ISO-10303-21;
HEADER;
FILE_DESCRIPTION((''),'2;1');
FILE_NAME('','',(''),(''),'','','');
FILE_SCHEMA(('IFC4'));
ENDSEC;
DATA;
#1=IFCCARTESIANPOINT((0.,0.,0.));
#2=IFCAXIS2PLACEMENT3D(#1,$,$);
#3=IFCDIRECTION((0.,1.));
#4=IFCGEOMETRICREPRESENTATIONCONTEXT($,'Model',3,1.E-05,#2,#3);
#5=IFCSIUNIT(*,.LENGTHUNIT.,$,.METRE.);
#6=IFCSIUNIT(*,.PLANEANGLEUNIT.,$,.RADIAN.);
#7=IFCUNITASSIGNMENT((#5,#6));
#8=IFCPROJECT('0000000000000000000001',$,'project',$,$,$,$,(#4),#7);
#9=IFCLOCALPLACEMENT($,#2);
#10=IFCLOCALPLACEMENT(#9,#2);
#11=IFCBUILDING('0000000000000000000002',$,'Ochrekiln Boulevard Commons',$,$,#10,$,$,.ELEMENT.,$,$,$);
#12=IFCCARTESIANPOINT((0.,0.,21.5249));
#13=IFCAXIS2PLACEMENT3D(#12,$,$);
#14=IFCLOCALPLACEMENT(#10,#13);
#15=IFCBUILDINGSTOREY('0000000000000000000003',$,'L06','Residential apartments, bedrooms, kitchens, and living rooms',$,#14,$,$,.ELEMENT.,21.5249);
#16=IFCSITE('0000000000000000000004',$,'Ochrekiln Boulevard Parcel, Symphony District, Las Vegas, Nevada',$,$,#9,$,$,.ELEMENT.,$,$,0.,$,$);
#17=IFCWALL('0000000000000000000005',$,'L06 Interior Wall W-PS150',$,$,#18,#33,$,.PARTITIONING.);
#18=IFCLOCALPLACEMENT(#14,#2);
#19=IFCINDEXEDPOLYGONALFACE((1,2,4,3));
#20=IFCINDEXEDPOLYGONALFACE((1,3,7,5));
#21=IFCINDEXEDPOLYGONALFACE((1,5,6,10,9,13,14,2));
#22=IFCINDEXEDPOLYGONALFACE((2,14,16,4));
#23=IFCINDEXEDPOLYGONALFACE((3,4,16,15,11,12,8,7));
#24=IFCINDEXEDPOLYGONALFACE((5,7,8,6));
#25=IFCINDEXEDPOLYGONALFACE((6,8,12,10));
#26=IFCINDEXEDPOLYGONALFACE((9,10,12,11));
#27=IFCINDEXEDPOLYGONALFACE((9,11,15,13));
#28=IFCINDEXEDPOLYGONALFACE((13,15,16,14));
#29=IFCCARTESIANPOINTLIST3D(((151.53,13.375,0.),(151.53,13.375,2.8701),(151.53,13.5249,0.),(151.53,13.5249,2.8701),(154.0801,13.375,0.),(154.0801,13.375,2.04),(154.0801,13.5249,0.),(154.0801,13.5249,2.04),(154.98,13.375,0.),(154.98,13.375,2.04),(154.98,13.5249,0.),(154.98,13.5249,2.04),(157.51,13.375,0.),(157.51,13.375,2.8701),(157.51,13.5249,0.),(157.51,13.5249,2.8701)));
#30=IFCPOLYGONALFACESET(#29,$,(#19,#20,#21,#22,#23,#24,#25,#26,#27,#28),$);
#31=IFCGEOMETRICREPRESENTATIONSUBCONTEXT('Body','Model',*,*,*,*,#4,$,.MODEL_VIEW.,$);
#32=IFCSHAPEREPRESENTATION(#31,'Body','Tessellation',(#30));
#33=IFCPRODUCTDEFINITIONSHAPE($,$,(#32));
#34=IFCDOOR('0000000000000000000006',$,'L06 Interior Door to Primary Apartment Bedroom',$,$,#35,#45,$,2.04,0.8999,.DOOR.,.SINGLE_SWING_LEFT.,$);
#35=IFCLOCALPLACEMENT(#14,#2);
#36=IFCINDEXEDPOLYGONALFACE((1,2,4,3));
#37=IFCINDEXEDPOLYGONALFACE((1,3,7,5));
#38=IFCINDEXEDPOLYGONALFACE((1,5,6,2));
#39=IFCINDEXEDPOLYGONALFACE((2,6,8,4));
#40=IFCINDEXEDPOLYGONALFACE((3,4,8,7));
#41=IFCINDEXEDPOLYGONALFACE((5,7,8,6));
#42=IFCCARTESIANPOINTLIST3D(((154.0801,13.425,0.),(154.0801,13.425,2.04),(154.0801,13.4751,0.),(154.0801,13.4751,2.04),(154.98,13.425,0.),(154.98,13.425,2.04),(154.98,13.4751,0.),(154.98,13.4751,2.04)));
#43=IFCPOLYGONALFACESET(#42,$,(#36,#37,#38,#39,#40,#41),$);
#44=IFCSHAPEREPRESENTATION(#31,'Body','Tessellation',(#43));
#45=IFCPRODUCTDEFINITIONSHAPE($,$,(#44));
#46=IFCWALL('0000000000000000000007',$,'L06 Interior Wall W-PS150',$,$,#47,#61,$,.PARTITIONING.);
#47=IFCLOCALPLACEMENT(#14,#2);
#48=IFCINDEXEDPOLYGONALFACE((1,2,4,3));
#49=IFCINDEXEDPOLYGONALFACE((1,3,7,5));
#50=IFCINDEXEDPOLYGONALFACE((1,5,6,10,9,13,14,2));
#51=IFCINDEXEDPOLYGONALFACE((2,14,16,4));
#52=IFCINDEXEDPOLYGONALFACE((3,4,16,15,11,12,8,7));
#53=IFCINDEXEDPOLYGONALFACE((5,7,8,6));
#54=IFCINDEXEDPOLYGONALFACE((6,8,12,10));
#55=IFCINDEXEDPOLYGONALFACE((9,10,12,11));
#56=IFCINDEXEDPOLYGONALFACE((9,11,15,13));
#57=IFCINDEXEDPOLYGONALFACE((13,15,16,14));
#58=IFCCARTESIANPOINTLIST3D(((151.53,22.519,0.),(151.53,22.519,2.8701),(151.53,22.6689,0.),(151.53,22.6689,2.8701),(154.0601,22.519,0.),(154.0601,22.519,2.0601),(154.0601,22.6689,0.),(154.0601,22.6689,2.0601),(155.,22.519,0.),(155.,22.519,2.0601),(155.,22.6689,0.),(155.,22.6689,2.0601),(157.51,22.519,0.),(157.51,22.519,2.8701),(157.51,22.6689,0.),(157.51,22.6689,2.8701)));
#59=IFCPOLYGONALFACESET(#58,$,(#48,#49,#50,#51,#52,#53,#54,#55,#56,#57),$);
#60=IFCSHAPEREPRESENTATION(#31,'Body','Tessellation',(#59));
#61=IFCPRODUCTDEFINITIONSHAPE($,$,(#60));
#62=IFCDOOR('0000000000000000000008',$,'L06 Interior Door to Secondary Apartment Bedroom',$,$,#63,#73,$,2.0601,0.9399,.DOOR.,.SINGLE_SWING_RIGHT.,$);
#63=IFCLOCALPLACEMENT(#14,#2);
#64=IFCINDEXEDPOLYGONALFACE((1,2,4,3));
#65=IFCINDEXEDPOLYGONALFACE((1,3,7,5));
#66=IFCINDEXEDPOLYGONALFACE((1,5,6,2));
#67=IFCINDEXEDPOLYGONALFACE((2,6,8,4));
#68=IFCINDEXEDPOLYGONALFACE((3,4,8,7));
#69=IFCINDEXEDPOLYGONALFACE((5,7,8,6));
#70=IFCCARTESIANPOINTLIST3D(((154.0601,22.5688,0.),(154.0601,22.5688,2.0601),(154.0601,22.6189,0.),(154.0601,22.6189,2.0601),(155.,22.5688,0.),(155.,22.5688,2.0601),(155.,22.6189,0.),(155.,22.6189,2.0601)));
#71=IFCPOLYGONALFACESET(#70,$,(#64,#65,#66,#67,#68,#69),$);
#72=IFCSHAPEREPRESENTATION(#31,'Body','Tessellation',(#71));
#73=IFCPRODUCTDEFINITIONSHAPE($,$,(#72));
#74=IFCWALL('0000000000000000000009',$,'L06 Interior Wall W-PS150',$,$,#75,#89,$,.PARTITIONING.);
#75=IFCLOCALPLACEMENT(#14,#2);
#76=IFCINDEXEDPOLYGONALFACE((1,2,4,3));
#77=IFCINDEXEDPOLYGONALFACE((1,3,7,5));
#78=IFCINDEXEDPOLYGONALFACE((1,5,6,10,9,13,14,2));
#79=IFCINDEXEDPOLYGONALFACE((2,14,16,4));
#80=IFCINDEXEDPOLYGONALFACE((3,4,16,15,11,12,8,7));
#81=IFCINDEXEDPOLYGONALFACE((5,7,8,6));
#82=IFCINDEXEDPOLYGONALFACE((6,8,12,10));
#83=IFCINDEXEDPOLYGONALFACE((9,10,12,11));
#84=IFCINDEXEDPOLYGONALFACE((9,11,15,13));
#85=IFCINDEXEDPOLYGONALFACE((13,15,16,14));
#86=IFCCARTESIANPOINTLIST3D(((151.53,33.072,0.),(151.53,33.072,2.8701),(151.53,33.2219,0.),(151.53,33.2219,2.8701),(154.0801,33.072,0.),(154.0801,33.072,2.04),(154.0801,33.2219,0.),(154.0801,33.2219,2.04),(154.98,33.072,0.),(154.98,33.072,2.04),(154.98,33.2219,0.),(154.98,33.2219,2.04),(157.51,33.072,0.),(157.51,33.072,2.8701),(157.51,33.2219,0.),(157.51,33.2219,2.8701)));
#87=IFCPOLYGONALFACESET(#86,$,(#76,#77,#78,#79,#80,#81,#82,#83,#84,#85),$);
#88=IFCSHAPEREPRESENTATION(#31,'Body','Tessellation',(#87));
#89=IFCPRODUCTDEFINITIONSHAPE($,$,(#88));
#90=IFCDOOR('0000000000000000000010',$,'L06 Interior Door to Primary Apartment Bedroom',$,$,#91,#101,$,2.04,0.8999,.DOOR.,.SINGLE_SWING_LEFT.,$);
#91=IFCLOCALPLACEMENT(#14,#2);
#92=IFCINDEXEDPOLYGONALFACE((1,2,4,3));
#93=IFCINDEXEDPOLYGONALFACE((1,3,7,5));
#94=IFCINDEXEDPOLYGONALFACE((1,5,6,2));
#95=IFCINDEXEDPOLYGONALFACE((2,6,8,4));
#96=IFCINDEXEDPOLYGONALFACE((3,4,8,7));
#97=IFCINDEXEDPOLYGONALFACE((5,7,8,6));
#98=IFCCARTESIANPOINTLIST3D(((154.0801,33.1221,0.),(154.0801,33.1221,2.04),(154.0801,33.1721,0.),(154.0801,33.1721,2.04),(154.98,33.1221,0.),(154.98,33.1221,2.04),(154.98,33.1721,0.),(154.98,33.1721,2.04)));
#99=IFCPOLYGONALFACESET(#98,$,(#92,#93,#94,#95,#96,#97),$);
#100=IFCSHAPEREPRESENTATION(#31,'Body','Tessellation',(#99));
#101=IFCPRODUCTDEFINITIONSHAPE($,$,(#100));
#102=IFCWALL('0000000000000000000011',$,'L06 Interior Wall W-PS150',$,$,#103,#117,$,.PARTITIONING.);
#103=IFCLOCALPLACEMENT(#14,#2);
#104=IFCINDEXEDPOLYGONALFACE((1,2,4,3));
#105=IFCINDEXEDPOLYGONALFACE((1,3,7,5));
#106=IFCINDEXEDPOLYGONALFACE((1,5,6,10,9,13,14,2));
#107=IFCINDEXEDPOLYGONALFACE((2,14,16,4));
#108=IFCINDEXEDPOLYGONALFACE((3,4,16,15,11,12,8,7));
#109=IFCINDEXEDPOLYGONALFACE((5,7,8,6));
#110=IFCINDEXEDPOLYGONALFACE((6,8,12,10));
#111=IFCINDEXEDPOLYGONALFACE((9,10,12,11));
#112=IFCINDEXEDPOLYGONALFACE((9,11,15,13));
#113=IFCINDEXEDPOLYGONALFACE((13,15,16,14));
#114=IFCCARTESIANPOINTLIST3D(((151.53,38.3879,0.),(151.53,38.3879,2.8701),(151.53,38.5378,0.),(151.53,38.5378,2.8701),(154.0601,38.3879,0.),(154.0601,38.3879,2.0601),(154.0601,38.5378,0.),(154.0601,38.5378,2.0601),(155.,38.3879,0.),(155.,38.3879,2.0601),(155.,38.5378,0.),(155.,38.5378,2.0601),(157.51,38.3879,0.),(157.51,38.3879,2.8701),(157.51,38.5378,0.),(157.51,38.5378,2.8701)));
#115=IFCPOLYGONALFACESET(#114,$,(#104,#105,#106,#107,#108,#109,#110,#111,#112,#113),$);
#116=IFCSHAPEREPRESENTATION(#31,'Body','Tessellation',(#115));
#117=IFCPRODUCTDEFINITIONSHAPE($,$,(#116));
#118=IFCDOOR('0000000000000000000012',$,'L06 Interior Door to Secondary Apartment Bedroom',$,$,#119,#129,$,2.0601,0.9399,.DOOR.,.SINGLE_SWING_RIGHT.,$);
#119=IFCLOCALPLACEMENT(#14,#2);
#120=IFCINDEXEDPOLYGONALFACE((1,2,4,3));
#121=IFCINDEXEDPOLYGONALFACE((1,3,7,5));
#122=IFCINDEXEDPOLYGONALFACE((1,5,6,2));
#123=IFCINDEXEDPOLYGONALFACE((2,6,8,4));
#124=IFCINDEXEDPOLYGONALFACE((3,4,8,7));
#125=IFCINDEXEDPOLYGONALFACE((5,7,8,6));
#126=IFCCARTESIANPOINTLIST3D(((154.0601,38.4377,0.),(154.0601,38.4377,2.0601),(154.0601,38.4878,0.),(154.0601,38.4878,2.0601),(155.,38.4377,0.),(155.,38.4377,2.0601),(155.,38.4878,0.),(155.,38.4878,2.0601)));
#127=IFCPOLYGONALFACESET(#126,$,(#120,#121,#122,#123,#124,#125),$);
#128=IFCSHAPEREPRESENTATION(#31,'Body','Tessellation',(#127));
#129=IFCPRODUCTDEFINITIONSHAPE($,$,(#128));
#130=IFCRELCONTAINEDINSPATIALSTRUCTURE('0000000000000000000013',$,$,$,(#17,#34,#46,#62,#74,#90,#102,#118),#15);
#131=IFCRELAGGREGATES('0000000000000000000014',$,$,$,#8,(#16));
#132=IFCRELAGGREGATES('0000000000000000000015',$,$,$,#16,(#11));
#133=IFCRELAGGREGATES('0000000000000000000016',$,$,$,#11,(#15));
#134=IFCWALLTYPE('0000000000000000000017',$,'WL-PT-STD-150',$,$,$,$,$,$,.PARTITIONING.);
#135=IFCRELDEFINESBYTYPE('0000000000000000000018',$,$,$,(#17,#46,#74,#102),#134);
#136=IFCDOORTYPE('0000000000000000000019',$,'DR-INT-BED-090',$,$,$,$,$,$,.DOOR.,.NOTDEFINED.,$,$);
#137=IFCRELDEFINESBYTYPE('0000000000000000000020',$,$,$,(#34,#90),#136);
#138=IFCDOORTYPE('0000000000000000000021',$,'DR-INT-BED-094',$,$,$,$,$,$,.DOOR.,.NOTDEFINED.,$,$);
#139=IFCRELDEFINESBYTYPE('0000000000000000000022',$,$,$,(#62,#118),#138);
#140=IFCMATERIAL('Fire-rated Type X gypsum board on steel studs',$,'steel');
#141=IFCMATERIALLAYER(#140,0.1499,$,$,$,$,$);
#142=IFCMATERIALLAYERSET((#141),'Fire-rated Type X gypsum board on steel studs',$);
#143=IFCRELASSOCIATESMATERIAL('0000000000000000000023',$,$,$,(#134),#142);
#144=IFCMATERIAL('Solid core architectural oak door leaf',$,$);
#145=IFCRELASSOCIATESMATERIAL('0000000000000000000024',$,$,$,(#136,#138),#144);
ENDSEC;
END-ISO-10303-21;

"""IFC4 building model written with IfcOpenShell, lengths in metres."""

from ifc_helpers import new_model, si_unit, direction, frame, frame_2d, origin, place, context, subcontext, project, spatial, rectangle, extrude, material, layer, layer_set, type_object, element, fill, save


model = new_model("IFC4")

# Units and contexts
model_context = context("Model", 3, precision=1e-05, world=origin(), true_north=direction((0.0, 1.0)))
body_context = subcontext(model_context, "Body", "Model", "MODEL_VIEW")
ifc_project = project(units=[si_unit("LENGTHUNIT", "METRE"), si_unit("PLANEANGLEUNIT", "RADIAN")], contexts=[model_context])

# Site, building, storey
site_placement = place(None, origin())
site = spatial("IfcSite", under=ifc_project, at=site_placement, Name="Ochrekiln Boulevard Parcel, Symphony District, Las Vegas, Nevada", CompositionType="ELEMENT", RefElevation=0.0)
building_placement = place(site_placement, origin())
building = spatial("IfcBuilding", under=site, at=building_placement, Name="Ochrekiln Boulevard Commons", CompositionType="ELEMENT")
storey_placement = place(building_placement, frame((0.0, 0.0, 21.5249)))
storey = spatial("IfcBuildingStorey", under=building, at=storey_placement, Name="L06", Description="Residential apartments, bedrooms, kitchens, and living rooms", CompositionType="ELEMENT", Elevation=21.5249)

# Walls, openings, doors
ifc_material_1 = material(Name="Fire-rated Type X gypsum board on steel studs", Category="steel")
ifc_layer_1 = layer(ifc_material_1, 0.1499)
ifc_layer_set_1 = layer_set([ifc_layer_1], Name="Fire-rated Type X gypsum board on steel studs")
wall_type_1 = type_object("IfcWallType", Name="WL-PT-STD-150", PredefinedType="PARTITIONING", material=ifc_layer_set_1)
wall_1_placement = place(storey_placement, frame((151.53, 13.45, 0.0), z_axis=(0.0, 0.0, 1.0), x_axis=(1.0, 0.0, 0.0)))
wall_1 = element("IfcWall", 1, at=wall_1_placement, inside=storey, type_object=wall_type_1, Name="L06 Interior Wall W-PS150", PredefinedType="PARTITIONING", context=body_context, shape_type="SweptSolid", body=[
    extrude(rectangle(XDim=5.98, YDim=0.1499, at=frame_2d((2.99, 0.0))), origin(), (0.0, 0.0, 1.0), 2.8701),
])
opening_1_placement = place(wall_1_placement, frame((2.55, 0.0, 0.0)))
opening_1 = element("IfcOpeningElement", 2, at=opening_1_placement, cuts=wall_1, PredefinedType="OPENING", context=body_context, shape_type="SweptSolid", body=[
    extrude(rectangle(XDim=0.8999, YDim=2.04, at=frame_2d((0.45, 1.02))), frame((0.0, 0.085, 0.0), z_axis=(0.0, -1.0, 0.0), x_axis=(1.0, 0.0, 0.0)), (0.0, 0.0, 1.0), 0.1699),
])
ifc_material_2 = material(Name="Solid core architectural oak door leaf")
door_type_1 = type_object("IfcDoorType", Name="DR-INT-BED-090", OperationType="NOTDEFINED", PredefinedType="DOOR", material=ifc_material_2)
door_1_placement = place(opening_1_placement, frame((0.8999, 0.0, 0.0), z_axis=(0.0, 0.0, 1.0), x_axis=(-1.0, 0.0, 0.0)))
door_1 = element("IfcDoor", 3, at=door_1_placement, inside=storey, type_object=door_type_1, Name="L06 Interior Door to Primary Apartment Bedroom", OperationType="SINGLE_SWING_LEFT", OverallHeight=2.04, OverallWidth=0.8999, PredefinedType="DOOR", context=body_context, shape_type="SweptSolid", body=[
    extrude(rectangle(XDim=0.8999, YDim=2.04, at=frame_2d((0.45, 1.02))), frame((0.0, 0.0249, 0.0), z_axis=(0.0, -1.0, 0.0), x_axis=(1.0, 0.0, 0.0)), (0.0, 0.0, 1.0), 0.05),
])
fill(opening_1, door_1)
wall_2_placement = place(storey_placement, frame((151.53, 22.594, 0.0), z_axis=(0.0, 0.0, 1.0), x_axis=(1.0, 0.0, 0.0)))
wall_2 = element("IfcWall", 4, at=wall_2_placement, inside=storey, type_object=wall_type_1, Name="L06 Interior Wall W-PS150", PredefinedType="PARTITIONING", context=body_context, shape_type="SweptSolid", body=[
    extrude(rectangle(XDim=5.98, YDim=0.1499, at=frame_2d((2.99, 0.0))), origin(), (0.0, 0.0, 1.0), 2.8701),
])
opening_2_placement = place(wall_2_placement, frame((2.53, 0.0, 0.0)))
opening_2 = element("IfcOpeningElement", 5, at=opening_2_placement, cuts=wall_2, PredefinedType="OPENING", context=body_context, shape_type="SweptSolid", body=[
    extrude(rectangle(XDim=0.9399, YDim=2.0601, at=frame_2d((0.47, 1.03))), frame((0.0, 0.085, 0.0), z_axis=(0.0, -1.0, 0.0), x_axis=(1.0, 0.0, 0.0)), (0.0, 0.0, 1.0), 0.1699),
])
door_type_2 = type_object("IfcDoorType", Name="DR-INT-BED-094", OperationType="NOTDEFINED", PredefinedType="DOOR", material=ifc_material_2)
door_2_placement = place(opening_2_placement, origin())
door_2 = element("IfcDoor", 6, at=door_2_placement, inside=storey, type_object=door_type_2, Name="L06 Interior Door to Secondary Apartment Bedroom", OperationType="SINGLE_SWING_RIGHT", OverallHeight=2.0601, OverallWidth=0.9399, PredefinedType="DOOR", context=body_context, shape_type="SweptSolid", body=[
    extrude(rectangle(XDim=0.9399, YDim=2.0601, at=frame_2d((0.47, 1.03))), frame((0.0, 0.0249, 0.0), z_axis=(0.0, -1.0, 0.0), x_axis=(1.0, 0.0, 0.0)), (0.0, 0.0, 1.0), 0.05),
])
fill(opening_2, door_2)
wall_3_placement = place(storey_placement, frame((151.53, 33.147, 0.0), z_axis=(0.0, 0.0, 1.0), x_axis=(1.0, 0.0, 0.0)))
wall_3 = element("IfcWall", 7, at=wall_3_placement, inside=storey, type_object=wall_type_1, Name="L06 Interior Wall W-PS150", PredefinedType="PARTITIONING", context=body_context, shape_type="SweptSolid", body=[
    extrude(rectangle(XDim=5.98, YDim=0.1499, at=frame_2d((2.99, 0.0))), origin(), (0.0, 0.0, 1.0), 2.8701),
])
opening_3_placement = place(wall_3_placement, frame((2.55, 0.0, 0.0)))
opening_3 = element("IfcOpeningElement", 8, at=opening_3_placement, cuts=wall_3, PredefinedType="OPENING", context=body_context, shape_type="SweptSolid", body=[
    extrude(rectangle(XDim=0.8999, YDim=2.04, at=frame_2d((0.45, 1.02))), frame((0.0, 0.085, 0.0), z_axis=(0.0, -1.0, 0.0), x_axis=(1.0, 0.0, 0.0)), (0.0, 0.0, 1.0), 0.1699),
])
door_3_placement = place(opening_3_placement, frame((0.8999, 0.0, 0.0), z_axis=(0.0, 0.0, 1.0), x_axis=(-1.0, 0.0, 0.0)))
door_3 = element("IfcDoor", 9, at=door_3_placement, inside=storey, type_object=door_type_1, Name="L06 Interior Door to Primary Apartment Bedroom", OperationType="SINGLE_SWING_LEFT", OverallHeight=2.04, OverallWidth=0.8999, PredefinedType="DOOR", context=body_context, shape_type="SweptSolid", body=[
    extrude(rectangle(XDim=0.8999, YDim=2.04, at=frame_2d((0.45, 1.02))), frame((0.0, 0.0249, 0.0), z_axis=(0.0, -1.0, 0.0), x_axis=(1.0, 0.0, 0.0)), (0.0, 0.0, 1.0), 0.05),
])
fill(opening_3, door_3)
wall_4_placement = place(storey_placement, frame((151.53, 38.4629, 0.0), z_axis=(0.0, 0.0, 1.0), x_axis=(1.0, 0.0, 0.0)))
wall_4 = element("IfcWall", 10, at=wall_4_placement, inside=storey, type_object=wall_type_1, Name="L06 Interior Wall W-PS150", PredefinedType="PARTITIONING", context=body_context, shape_type="SweptSolid", body=[
    extrude(rectangle(XDim=5.98, YDim=0.1499, at=frame_2d((2.99, 0.0))), origin(), (0.0, 0.0, 1.0), 2.8701),
])
opening_4_placement = place(wall_4_placement, frame((2.53, 0.0, 0.0)))
opening_4 = element("IfcOpeningElement", 11, at=opening_4_placement, cuts=wall_4, PredefinedType="OPENING", context=body_context, shape_type="SweptSolid", body=[
    extrude(rectangle(XDim=0.9399, YDim=2.0601, at=frame_2d((0.47, 1.03))), frame((0.0, 0.085, 0.0), z_axis=(0.0, -1.0, 0.0), x_axis=(1.0, 0.0, 0.0)), (0.0, 0.0, 1.0), 0.1699),
])
door_4_placement = place(opening_4_placement, origin())
door_4 = element("IfcDoor", 12, at=door_4_placement, inside=storey, type_object=door_type_2, Name="L06 Interior Door to Secondary Apartment Bedroom", OperationType="SINGLE_SWING_RIGHT", OverallHeight=2.0601, OverallWidth=0.9399, PredefinedType="DOOR", context=body_context, shape_type="SweptSolid", body=[
    extrude(rectangle(XDim=0.9399, YDim=2.0601, at=frame_2d((0.47, 1.03))), frame((0.0, 0.0249, 0.0), z_axis=(0.0, -1.0, 0.0), x_axis=(1.0, 0.0, 0.0)), (0.0, 0.0, 1.0), 0.05),
])
fill(opening_4, door_4)

save(model, "model.ifc")
